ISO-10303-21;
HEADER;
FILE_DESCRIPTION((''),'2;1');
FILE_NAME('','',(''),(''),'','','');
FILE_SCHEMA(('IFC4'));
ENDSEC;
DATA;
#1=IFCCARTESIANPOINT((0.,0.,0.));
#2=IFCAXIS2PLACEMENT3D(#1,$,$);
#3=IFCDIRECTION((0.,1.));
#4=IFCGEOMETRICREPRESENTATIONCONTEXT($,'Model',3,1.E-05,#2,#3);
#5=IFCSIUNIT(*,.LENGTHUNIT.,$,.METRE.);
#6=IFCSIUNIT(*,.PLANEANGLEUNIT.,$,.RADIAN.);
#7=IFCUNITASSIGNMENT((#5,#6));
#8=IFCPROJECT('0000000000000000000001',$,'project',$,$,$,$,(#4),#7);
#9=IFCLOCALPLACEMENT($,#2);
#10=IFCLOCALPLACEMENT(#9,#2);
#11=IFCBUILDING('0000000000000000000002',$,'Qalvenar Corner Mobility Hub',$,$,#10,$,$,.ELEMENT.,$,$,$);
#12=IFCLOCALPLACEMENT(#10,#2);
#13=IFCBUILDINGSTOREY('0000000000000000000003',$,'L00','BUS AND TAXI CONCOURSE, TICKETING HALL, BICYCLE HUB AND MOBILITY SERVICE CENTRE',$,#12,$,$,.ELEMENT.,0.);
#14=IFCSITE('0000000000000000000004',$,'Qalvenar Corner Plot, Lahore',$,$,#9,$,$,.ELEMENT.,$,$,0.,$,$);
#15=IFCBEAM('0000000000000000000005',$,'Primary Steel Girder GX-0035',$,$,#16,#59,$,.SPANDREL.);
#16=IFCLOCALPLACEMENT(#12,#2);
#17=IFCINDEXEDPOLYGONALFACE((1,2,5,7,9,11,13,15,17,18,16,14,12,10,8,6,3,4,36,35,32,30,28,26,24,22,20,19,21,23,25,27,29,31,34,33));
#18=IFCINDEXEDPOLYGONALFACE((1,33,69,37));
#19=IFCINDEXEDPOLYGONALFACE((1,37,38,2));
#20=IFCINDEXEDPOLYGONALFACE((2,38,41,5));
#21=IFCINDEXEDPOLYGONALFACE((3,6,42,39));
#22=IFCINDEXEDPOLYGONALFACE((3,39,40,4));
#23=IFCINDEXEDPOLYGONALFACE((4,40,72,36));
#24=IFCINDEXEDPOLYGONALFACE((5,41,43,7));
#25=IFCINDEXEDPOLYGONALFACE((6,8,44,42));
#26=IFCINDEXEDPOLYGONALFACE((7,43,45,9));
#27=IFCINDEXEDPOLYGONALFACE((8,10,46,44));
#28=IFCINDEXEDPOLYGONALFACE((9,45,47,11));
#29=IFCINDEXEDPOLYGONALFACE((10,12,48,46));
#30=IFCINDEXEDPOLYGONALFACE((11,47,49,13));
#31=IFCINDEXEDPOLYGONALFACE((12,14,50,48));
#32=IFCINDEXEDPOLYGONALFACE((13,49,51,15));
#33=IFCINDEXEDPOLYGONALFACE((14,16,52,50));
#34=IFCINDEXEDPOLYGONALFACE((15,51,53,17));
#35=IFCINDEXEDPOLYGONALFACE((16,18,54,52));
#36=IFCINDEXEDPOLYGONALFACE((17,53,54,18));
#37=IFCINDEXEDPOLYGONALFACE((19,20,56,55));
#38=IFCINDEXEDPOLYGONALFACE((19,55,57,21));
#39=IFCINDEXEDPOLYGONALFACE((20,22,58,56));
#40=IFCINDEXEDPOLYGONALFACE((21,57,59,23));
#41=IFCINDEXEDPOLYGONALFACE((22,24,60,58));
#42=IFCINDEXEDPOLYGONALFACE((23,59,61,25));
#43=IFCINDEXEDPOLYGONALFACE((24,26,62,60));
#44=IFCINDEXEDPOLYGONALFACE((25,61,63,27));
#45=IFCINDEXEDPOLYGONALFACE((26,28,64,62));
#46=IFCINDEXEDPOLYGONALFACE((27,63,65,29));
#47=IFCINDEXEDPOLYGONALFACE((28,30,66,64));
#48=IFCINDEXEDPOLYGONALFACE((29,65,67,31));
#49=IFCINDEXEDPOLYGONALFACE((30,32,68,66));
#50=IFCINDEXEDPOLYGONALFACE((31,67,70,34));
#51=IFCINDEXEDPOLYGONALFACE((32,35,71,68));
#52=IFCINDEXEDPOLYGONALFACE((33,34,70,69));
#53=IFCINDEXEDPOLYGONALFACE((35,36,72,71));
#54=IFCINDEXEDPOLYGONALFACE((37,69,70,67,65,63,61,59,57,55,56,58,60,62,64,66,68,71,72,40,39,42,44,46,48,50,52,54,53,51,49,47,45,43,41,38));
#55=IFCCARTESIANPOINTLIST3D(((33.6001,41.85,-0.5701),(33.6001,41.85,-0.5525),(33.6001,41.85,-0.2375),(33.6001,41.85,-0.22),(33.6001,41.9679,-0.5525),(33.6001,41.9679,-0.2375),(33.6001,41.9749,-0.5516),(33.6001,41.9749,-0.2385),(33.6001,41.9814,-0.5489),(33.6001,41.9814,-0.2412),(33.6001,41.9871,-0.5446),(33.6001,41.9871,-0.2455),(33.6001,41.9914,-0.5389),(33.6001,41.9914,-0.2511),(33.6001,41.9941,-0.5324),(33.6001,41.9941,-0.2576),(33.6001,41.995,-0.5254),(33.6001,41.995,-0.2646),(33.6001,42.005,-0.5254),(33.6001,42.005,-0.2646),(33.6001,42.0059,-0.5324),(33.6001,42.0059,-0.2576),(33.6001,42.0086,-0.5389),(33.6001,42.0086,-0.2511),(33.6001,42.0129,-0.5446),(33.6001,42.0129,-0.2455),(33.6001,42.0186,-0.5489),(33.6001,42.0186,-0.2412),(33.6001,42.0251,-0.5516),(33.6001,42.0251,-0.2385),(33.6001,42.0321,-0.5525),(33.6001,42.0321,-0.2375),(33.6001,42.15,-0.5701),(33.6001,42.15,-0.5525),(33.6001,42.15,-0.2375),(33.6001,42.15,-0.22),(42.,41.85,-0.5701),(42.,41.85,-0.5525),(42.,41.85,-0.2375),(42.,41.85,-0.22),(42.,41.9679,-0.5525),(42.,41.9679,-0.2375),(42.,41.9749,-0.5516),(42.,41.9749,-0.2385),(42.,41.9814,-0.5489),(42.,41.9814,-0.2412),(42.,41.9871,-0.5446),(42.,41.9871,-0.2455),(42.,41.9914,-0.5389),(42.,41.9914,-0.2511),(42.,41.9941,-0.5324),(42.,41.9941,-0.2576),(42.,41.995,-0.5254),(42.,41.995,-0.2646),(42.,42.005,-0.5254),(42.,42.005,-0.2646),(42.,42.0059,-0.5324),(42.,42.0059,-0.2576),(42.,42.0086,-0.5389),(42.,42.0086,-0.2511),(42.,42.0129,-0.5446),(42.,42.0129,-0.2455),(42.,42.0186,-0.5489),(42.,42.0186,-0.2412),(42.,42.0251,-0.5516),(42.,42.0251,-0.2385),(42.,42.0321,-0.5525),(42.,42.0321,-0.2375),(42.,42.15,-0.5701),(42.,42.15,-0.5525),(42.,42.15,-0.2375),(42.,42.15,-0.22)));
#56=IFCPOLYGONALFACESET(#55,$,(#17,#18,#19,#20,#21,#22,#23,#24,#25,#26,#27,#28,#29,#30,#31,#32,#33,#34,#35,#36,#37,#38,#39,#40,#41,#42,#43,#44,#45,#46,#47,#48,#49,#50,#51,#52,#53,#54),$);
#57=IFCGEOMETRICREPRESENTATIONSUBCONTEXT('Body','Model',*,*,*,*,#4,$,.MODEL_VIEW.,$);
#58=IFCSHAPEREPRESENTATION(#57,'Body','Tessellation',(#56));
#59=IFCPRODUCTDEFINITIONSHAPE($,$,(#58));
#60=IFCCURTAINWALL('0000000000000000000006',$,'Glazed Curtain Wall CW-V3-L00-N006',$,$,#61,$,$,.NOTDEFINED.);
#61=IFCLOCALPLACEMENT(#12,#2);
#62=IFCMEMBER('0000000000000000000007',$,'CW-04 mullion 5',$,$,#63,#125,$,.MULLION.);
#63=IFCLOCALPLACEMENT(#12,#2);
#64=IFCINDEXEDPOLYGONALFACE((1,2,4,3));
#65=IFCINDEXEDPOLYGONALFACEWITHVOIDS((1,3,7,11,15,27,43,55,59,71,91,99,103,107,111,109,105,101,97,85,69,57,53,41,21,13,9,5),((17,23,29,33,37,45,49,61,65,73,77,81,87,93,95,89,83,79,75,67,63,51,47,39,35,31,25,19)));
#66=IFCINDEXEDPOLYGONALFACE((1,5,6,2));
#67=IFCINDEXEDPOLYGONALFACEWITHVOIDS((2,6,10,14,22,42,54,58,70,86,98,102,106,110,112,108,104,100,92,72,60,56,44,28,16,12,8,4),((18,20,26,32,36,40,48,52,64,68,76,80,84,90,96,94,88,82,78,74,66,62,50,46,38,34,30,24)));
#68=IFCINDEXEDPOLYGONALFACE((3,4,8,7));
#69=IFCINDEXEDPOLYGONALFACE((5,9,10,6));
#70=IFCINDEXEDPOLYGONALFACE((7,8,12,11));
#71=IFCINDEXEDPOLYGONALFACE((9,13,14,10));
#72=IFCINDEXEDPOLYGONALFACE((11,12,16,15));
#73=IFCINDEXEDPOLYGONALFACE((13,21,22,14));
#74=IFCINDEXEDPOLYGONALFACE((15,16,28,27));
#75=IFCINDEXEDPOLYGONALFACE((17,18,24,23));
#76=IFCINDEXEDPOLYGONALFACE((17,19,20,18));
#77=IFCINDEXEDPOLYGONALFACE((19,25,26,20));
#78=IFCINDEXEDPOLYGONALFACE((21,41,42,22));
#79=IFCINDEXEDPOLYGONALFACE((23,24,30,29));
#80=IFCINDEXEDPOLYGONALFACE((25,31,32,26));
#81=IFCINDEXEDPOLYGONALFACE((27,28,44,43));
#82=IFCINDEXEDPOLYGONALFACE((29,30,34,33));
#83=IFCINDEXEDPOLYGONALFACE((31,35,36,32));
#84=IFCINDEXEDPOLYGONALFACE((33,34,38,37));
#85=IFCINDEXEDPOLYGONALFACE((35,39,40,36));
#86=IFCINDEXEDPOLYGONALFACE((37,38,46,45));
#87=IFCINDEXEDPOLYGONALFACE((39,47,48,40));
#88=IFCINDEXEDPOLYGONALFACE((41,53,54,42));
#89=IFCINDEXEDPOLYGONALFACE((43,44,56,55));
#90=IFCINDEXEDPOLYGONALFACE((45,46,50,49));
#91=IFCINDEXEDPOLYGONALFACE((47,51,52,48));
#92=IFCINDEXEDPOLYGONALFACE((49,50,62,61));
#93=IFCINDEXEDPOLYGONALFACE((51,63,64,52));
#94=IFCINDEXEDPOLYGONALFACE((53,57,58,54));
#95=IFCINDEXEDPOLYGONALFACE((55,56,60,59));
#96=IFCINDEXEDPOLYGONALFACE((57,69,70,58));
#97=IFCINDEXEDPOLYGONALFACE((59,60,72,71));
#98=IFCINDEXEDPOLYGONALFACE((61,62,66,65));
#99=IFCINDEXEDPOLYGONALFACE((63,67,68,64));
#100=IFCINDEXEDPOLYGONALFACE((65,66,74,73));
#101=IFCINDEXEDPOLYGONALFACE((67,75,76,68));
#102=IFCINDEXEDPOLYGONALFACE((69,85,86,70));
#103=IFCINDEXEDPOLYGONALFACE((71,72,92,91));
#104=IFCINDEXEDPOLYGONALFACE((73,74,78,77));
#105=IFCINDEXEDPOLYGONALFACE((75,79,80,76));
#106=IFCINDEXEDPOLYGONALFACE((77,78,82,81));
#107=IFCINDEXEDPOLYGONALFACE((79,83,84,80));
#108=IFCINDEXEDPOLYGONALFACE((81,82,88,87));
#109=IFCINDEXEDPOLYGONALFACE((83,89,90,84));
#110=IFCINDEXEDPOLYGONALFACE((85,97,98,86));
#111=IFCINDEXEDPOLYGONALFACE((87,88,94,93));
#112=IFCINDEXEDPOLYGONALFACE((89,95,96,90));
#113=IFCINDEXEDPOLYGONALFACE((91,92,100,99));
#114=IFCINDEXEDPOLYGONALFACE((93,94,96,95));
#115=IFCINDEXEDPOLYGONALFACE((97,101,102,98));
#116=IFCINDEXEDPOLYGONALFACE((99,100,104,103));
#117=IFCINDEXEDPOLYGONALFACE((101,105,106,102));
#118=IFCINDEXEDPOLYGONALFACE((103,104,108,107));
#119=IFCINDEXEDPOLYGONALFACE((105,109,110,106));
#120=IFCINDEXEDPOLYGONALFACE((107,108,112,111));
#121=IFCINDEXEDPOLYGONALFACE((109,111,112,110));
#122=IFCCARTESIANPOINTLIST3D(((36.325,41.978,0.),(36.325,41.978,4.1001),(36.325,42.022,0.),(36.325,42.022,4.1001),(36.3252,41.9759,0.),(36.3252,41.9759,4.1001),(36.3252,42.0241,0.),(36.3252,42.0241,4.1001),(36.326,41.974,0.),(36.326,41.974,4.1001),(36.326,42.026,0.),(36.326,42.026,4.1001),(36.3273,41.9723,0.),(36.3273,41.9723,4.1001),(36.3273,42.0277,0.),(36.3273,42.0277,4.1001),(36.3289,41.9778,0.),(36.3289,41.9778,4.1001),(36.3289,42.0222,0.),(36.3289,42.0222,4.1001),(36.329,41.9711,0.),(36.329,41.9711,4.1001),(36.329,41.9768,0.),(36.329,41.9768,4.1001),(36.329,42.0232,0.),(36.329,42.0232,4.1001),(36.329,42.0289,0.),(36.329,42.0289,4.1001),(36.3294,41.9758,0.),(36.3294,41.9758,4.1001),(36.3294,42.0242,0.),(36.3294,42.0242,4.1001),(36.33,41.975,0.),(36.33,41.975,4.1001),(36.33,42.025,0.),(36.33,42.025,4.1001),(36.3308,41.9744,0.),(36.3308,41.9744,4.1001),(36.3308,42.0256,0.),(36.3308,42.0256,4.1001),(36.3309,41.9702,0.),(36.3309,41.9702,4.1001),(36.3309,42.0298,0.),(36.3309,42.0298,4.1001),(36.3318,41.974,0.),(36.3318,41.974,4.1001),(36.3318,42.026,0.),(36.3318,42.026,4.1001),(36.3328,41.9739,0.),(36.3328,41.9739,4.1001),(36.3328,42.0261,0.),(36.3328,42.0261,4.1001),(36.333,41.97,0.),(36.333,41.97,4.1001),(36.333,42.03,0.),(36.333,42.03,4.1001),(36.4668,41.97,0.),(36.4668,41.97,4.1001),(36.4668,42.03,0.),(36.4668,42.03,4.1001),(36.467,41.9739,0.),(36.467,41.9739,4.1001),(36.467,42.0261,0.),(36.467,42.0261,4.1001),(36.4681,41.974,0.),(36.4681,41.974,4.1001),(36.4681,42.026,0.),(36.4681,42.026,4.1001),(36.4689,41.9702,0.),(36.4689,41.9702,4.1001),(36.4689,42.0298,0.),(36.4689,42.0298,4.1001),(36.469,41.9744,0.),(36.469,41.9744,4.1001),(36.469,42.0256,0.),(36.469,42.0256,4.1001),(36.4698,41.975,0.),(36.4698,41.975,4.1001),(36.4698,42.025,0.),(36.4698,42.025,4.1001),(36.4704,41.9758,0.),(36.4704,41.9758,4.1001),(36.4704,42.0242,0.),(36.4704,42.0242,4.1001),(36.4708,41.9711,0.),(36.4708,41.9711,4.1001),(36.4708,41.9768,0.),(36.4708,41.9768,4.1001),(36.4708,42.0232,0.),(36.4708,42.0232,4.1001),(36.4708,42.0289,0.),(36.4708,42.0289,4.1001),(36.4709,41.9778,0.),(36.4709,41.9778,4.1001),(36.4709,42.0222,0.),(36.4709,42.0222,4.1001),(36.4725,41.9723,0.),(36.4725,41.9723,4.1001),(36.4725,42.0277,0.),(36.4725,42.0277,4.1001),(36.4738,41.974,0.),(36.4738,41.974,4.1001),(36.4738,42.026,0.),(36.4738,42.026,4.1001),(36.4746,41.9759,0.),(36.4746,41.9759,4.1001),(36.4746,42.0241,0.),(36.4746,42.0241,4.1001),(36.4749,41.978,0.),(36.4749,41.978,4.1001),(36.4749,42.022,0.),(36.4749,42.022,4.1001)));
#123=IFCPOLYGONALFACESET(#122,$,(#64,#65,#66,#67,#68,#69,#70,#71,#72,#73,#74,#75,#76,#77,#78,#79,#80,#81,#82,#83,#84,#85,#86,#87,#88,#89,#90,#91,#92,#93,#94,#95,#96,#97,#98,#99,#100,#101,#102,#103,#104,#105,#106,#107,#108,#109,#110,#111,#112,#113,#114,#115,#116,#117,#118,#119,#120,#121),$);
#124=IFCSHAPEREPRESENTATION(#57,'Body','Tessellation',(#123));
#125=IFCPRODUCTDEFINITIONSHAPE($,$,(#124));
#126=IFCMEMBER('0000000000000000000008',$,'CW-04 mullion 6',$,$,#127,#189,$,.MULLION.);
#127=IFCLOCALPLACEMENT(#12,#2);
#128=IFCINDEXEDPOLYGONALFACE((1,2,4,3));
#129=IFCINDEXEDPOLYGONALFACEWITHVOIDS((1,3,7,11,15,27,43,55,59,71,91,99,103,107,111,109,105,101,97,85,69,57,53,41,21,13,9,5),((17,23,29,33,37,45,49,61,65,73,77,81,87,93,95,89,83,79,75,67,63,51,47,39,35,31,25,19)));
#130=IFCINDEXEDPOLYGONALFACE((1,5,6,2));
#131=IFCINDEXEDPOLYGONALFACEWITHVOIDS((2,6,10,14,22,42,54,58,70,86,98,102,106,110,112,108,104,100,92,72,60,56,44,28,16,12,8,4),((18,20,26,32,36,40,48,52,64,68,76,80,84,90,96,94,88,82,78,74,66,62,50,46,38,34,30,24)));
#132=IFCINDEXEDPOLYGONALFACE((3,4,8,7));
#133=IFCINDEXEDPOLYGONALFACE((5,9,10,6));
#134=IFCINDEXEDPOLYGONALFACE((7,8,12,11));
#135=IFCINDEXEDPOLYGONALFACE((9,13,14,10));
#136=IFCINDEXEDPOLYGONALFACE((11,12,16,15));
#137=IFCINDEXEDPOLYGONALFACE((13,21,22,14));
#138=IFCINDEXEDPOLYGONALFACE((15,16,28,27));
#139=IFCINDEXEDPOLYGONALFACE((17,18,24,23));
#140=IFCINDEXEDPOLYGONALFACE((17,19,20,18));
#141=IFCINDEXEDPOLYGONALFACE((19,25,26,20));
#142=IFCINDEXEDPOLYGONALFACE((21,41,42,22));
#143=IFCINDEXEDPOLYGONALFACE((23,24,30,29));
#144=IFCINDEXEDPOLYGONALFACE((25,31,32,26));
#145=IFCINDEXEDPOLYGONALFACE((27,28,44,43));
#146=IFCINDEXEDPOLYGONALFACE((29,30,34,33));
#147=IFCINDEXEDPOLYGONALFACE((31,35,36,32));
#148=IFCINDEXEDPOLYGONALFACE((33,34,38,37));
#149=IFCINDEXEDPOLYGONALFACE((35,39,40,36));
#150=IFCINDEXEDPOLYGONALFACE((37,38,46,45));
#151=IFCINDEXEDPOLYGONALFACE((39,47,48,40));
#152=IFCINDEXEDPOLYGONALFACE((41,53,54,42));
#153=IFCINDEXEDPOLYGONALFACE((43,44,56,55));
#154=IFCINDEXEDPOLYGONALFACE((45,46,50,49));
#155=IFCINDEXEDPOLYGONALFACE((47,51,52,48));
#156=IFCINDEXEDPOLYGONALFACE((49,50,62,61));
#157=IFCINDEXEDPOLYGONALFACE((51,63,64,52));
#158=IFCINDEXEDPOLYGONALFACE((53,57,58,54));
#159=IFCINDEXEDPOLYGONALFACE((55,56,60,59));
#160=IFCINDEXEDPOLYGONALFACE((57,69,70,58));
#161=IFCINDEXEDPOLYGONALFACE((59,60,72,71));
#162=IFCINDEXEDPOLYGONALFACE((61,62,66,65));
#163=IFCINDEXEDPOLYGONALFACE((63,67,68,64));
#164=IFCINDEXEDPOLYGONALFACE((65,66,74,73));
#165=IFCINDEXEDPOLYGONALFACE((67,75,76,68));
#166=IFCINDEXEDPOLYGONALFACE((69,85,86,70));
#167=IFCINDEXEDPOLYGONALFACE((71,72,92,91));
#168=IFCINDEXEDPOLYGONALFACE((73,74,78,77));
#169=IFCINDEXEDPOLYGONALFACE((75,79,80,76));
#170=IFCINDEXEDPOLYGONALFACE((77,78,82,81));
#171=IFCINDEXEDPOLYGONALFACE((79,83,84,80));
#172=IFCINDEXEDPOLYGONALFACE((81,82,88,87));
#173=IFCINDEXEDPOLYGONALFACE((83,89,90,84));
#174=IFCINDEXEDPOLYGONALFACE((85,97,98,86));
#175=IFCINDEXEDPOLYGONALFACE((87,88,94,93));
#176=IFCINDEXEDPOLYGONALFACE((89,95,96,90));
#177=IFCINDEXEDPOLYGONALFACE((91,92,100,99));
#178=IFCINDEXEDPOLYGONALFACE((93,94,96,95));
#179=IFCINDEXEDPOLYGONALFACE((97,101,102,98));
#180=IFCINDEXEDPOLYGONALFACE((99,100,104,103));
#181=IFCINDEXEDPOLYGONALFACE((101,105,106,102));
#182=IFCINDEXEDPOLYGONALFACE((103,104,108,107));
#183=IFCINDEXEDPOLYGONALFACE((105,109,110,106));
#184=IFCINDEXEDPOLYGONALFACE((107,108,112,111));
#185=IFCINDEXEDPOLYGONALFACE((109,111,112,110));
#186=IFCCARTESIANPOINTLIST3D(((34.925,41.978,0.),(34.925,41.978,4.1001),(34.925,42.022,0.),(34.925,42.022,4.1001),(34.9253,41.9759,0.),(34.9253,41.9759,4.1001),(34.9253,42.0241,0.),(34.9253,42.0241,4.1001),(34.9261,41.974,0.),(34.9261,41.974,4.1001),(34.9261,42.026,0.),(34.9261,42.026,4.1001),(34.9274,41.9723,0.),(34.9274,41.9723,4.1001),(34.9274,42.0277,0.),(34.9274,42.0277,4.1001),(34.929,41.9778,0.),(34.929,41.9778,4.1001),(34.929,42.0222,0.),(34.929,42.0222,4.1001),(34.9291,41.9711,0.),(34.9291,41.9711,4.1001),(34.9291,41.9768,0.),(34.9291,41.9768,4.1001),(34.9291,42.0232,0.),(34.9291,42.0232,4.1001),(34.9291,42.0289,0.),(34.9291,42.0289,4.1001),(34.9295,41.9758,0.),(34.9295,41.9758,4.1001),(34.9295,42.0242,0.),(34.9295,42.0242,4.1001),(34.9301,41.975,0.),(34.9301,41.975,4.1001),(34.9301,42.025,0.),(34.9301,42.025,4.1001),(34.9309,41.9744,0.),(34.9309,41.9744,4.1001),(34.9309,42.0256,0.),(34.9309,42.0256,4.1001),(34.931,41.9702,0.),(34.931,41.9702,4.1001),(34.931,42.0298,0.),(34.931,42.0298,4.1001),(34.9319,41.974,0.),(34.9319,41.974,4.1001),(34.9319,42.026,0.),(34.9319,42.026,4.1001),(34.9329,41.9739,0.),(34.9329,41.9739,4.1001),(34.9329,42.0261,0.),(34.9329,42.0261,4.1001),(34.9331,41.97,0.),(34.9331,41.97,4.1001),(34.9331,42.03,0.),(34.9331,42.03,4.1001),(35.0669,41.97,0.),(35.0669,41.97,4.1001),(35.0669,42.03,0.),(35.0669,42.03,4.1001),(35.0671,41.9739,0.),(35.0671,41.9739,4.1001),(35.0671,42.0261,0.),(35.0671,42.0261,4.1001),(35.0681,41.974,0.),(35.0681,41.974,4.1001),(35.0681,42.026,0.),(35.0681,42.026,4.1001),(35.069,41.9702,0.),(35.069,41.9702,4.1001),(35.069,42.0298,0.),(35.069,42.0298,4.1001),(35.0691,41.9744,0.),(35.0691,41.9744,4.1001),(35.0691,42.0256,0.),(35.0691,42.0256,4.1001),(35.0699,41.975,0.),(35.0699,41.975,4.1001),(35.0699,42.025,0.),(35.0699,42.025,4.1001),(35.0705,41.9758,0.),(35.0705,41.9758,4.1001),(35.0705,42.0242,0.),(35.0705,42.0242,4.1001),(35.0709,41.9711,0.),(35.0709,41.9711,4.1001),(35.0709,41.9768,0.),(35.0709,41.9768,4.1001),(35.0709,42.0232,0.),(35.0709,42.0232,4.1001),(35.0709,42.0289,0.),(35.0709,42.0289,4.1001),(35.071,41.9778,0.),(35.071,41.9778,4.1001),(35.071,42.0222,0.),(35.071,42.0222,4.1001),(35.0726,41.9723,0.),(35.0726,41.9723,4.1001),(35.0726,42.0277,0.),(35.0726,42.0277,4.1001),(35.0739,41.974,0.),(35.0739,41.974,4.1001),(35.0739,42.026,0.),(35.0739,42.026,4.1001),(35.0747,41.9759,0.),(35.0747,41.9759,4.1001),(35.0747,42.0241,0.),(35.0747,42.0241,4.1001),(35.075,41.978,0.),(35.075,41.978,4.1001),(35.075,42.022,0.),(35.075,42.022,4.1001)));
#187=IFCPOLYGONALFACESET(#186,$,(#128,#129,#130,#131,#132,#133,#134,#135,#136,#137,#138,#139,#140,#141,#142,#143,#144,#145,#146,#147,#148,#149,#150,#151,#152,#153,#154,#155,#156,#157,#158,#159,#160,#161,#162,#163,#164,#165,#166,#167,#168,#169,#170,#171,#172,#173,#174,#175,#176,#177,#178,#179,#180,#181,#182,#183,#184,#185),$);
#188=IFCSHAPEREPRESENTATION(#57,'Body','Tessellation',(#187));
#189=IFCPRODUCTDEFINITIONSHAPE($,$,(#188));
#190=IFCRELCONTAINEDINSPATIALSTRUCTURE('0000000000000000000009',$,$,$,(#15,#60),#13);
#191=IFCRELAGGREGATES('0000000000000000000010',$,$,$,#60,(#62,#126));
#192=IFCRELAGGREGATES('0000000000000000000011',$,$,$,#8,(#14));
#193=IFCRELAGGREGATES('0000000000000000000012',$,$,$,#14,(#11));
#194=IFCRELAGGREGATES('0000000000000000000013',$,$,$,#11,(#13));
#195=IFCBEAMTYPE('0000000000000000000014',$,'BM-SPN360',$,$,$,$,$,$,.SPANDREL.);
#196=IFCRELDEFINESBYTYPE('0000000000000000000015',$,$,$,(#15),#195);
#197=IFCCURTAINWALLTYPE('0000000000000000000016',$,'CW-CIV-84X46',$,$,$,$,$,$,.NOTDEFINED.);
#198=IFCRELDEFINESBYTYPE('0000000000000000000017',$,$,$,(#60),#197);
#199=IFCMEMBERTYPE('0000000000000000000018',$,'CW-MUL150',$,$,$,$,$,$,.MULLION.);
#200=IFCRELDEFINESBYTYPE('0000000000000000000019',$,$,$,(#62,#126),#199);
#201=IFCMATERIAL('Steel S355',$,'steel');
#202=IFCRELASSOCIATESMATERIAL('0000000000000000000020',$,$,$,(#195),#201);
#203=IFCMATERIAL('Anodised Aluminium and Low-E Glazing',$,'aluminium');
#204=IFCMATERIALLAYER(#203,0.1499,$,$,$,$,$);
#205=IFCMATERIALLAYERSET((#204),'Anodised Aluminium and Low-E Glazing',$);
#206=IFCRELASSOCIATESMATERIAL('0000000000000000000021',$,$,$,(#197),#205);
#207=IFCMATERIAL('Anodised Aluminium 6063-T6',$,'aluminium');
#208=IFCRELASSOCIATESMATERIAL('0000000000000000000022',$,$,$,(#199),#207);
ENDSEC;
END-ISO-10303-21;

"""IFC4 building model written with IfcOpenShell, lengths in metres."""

from ifc_helpers import new_model, si_unit, direction, frame, origin, origin_2d, place, context, subcontext, project, spatial, hollow_rectangle, i_section, extrude, material, layer, layer_set, material_profile, profile_set, type_object, element, aggregate, save


model = new_model("IFC4")

# Units and contexts
model_context = context("Model", 3, precision=1e-05, world=origin(), true_north=direction((0.0, 1.0)))
body_context = subcontext(model_context, "Body", "Model", "MODEL_VIEW")
ifc_project = project(units=[si_unit("LENGTHUNIT", "METRE"), si_unit("PLANEANGLEUNIT", "RADIAN")], contexts=[model_context])

# Site, building, storey
site_placement = place(None, origin())
site = spatial("IfcSite", under=ifc_project, at=site_placement, Name="Qalvenar Corner Plot, Lahore", CompositionType="ELEMENT", RefElevation=0.0)
building_placement = place(site_placement, origin())
building = spatial("IfcBuilding", under=site, at=building_placement, Name="Qalvenar Corner Mobility Hub", CompositionType="ELEMENT")
storey_placement = place(building_placement, origin())
storey = spatial("IfcBuildingStorey", under=building, at=storey_placement, Name="L00", Description="BUS AND TAXI CONCOURSE, TICKETING HALL, BICYCLE HUB AND MOBILITY SERVICE CENTRE", CompositionType="ELEMENT", Elevation=0.0)

# Shared definitions
ifc_material_1 = material(Name="Steel S355", Category="steel")

# Beam
ifc_material_profile_1 = material_profile(ifc_material_1, i_section(OverallWidth=0.3, OverallDepth=0.3501, WebThickness=0.01, FlangeThickness=0.0176, FilletRadius=0.0271, at=origin_2d()), Name="HEA360")
ifc_profile_set_1 = profile_set([ifc_material_profile_1], Name="Steel S355")
beam_type_1 = type_object("IfcBeamType", Name="BM-SPN360", PredefinedType="SPANDREL", material=ifc_profile_set_1)
beam_1_placement = place(storey_placement, frame((33.6001, 42.0, -0.395), z_axis=(1.0, 0.0, 0.0), x_axis=(0.0, 1.0, 0.0)))
element("IfcBeam", 1, at=beam_1_placement, inside=storey, type_object=beam_type_1, Name="Primary Steel Girder GX-0035", PredefinedType="SPANDREL", context=body_context, shape_type="SweptSolid", body=[
    extrude(i_section(OverallWidth=0.3, OverallDepth=0.3501, WebThickness=0.01, FlangeThickness=0.0176, FilletRadius=0.0271, at=origin_2d()), origin(), (0.0, 0.0, 1.0), 8.3999),
])

# Curtain wall, members
ifc_material_2 = material(Name="Anodised Aluminium and Low-E Glazing", Category="aluminium")
ifc_layer_1 = layer(ifc_material_2, 0.1499)
ifc_layer_set_1 = layer_set([ifc_layer_1], Name="Anodised Aluminium and Low-E Glazing")
curtain_wall_type = type_object("IfcCurtainWallType", Name="CW-CIV-84X46", PredefinedType="NOTDEFINED", material=ifc_layer_set_1)
curtain_wall_placement = place(storey_placement, origin())
curtain_wall = element("IfcCurtainWall", 2, at=curtain_wall_placement, inside=storey, type_object=curtain_wall_type, Name="Glazed Curtain Wall CW-V3-L00-N006", PredefinedType="NOTDEFINED")
ifc_material_3 = material(Name="Anodised Aluminium 6063-T6", Category="aluminium")
ifc_material_profile_2 = material_profile(ifc_material_3, hollow_rectangle(XDim=0.0601, YDim=0.1499, WallThickness=0.0039, InnerFilletRadius=0.0039, OuterFilletRadius=0.0081, at=origin_2d()), Name="RHS150x60x4")
ifc_profile_set_2 = profile_set([ifc_material_profile_2], Name="Anodised Aluminium 6063-T6")
member_type_1 = type_object("IfcMemberType", Name="CW-MUL150", PredefinedType="MULLION", material=ifc_profile_set_2)
member_1_placement = place(storey_placement, frame((36.3999, 42.0, 0.0), z_axis=(0.0, 0.0, 1.0), x_axis=(0.0, -1.0, 0.0)))
member_1 = element("IfcMember", 3, at=member_1_placement, type_object=member_type_1, Name="CW-04 mullion 5", PredefinedType="MULLION", context=body_context, shape_type="SweptSolid", body=[
    extrude(hollow_rectangle(XDim=0.0601, YDim=0.1499, WallThickness=0.0039, InnerFilletRadius=0.0039, OuterFilletRadius=0.0081, at=origin_2d()), origin(), (0.0, 0.0, 1.0), 4.1001),
])
member_2_placement = place(storey_placement, frame((35.0, 42.0, 0.0), z_axis=(0.0, 0.0, 1.0), x_axis=(0.0, -1.0, 0.0)))
member_2 = element("IfcMember", 4, at=member_2_placement, type_object=member_type_1, Name="CW-04 mullion 6", PredefinedType="MULLION", context=body_context, shape_type="SweptSolid", body=[
    extrude(hollow_rectangle(XDim=0.0601, YDim=0.1499, WallThickness=0.0039, InnerFilletRadius=0.0039, OuterFilletRadius=0.0081, at=origin_2d()), origin(), (0.0, 0.0, 1.0), 4.1001),
])
aggregate(curtain_wall, [member_1, member_2])

save(model, "model.ifc")
